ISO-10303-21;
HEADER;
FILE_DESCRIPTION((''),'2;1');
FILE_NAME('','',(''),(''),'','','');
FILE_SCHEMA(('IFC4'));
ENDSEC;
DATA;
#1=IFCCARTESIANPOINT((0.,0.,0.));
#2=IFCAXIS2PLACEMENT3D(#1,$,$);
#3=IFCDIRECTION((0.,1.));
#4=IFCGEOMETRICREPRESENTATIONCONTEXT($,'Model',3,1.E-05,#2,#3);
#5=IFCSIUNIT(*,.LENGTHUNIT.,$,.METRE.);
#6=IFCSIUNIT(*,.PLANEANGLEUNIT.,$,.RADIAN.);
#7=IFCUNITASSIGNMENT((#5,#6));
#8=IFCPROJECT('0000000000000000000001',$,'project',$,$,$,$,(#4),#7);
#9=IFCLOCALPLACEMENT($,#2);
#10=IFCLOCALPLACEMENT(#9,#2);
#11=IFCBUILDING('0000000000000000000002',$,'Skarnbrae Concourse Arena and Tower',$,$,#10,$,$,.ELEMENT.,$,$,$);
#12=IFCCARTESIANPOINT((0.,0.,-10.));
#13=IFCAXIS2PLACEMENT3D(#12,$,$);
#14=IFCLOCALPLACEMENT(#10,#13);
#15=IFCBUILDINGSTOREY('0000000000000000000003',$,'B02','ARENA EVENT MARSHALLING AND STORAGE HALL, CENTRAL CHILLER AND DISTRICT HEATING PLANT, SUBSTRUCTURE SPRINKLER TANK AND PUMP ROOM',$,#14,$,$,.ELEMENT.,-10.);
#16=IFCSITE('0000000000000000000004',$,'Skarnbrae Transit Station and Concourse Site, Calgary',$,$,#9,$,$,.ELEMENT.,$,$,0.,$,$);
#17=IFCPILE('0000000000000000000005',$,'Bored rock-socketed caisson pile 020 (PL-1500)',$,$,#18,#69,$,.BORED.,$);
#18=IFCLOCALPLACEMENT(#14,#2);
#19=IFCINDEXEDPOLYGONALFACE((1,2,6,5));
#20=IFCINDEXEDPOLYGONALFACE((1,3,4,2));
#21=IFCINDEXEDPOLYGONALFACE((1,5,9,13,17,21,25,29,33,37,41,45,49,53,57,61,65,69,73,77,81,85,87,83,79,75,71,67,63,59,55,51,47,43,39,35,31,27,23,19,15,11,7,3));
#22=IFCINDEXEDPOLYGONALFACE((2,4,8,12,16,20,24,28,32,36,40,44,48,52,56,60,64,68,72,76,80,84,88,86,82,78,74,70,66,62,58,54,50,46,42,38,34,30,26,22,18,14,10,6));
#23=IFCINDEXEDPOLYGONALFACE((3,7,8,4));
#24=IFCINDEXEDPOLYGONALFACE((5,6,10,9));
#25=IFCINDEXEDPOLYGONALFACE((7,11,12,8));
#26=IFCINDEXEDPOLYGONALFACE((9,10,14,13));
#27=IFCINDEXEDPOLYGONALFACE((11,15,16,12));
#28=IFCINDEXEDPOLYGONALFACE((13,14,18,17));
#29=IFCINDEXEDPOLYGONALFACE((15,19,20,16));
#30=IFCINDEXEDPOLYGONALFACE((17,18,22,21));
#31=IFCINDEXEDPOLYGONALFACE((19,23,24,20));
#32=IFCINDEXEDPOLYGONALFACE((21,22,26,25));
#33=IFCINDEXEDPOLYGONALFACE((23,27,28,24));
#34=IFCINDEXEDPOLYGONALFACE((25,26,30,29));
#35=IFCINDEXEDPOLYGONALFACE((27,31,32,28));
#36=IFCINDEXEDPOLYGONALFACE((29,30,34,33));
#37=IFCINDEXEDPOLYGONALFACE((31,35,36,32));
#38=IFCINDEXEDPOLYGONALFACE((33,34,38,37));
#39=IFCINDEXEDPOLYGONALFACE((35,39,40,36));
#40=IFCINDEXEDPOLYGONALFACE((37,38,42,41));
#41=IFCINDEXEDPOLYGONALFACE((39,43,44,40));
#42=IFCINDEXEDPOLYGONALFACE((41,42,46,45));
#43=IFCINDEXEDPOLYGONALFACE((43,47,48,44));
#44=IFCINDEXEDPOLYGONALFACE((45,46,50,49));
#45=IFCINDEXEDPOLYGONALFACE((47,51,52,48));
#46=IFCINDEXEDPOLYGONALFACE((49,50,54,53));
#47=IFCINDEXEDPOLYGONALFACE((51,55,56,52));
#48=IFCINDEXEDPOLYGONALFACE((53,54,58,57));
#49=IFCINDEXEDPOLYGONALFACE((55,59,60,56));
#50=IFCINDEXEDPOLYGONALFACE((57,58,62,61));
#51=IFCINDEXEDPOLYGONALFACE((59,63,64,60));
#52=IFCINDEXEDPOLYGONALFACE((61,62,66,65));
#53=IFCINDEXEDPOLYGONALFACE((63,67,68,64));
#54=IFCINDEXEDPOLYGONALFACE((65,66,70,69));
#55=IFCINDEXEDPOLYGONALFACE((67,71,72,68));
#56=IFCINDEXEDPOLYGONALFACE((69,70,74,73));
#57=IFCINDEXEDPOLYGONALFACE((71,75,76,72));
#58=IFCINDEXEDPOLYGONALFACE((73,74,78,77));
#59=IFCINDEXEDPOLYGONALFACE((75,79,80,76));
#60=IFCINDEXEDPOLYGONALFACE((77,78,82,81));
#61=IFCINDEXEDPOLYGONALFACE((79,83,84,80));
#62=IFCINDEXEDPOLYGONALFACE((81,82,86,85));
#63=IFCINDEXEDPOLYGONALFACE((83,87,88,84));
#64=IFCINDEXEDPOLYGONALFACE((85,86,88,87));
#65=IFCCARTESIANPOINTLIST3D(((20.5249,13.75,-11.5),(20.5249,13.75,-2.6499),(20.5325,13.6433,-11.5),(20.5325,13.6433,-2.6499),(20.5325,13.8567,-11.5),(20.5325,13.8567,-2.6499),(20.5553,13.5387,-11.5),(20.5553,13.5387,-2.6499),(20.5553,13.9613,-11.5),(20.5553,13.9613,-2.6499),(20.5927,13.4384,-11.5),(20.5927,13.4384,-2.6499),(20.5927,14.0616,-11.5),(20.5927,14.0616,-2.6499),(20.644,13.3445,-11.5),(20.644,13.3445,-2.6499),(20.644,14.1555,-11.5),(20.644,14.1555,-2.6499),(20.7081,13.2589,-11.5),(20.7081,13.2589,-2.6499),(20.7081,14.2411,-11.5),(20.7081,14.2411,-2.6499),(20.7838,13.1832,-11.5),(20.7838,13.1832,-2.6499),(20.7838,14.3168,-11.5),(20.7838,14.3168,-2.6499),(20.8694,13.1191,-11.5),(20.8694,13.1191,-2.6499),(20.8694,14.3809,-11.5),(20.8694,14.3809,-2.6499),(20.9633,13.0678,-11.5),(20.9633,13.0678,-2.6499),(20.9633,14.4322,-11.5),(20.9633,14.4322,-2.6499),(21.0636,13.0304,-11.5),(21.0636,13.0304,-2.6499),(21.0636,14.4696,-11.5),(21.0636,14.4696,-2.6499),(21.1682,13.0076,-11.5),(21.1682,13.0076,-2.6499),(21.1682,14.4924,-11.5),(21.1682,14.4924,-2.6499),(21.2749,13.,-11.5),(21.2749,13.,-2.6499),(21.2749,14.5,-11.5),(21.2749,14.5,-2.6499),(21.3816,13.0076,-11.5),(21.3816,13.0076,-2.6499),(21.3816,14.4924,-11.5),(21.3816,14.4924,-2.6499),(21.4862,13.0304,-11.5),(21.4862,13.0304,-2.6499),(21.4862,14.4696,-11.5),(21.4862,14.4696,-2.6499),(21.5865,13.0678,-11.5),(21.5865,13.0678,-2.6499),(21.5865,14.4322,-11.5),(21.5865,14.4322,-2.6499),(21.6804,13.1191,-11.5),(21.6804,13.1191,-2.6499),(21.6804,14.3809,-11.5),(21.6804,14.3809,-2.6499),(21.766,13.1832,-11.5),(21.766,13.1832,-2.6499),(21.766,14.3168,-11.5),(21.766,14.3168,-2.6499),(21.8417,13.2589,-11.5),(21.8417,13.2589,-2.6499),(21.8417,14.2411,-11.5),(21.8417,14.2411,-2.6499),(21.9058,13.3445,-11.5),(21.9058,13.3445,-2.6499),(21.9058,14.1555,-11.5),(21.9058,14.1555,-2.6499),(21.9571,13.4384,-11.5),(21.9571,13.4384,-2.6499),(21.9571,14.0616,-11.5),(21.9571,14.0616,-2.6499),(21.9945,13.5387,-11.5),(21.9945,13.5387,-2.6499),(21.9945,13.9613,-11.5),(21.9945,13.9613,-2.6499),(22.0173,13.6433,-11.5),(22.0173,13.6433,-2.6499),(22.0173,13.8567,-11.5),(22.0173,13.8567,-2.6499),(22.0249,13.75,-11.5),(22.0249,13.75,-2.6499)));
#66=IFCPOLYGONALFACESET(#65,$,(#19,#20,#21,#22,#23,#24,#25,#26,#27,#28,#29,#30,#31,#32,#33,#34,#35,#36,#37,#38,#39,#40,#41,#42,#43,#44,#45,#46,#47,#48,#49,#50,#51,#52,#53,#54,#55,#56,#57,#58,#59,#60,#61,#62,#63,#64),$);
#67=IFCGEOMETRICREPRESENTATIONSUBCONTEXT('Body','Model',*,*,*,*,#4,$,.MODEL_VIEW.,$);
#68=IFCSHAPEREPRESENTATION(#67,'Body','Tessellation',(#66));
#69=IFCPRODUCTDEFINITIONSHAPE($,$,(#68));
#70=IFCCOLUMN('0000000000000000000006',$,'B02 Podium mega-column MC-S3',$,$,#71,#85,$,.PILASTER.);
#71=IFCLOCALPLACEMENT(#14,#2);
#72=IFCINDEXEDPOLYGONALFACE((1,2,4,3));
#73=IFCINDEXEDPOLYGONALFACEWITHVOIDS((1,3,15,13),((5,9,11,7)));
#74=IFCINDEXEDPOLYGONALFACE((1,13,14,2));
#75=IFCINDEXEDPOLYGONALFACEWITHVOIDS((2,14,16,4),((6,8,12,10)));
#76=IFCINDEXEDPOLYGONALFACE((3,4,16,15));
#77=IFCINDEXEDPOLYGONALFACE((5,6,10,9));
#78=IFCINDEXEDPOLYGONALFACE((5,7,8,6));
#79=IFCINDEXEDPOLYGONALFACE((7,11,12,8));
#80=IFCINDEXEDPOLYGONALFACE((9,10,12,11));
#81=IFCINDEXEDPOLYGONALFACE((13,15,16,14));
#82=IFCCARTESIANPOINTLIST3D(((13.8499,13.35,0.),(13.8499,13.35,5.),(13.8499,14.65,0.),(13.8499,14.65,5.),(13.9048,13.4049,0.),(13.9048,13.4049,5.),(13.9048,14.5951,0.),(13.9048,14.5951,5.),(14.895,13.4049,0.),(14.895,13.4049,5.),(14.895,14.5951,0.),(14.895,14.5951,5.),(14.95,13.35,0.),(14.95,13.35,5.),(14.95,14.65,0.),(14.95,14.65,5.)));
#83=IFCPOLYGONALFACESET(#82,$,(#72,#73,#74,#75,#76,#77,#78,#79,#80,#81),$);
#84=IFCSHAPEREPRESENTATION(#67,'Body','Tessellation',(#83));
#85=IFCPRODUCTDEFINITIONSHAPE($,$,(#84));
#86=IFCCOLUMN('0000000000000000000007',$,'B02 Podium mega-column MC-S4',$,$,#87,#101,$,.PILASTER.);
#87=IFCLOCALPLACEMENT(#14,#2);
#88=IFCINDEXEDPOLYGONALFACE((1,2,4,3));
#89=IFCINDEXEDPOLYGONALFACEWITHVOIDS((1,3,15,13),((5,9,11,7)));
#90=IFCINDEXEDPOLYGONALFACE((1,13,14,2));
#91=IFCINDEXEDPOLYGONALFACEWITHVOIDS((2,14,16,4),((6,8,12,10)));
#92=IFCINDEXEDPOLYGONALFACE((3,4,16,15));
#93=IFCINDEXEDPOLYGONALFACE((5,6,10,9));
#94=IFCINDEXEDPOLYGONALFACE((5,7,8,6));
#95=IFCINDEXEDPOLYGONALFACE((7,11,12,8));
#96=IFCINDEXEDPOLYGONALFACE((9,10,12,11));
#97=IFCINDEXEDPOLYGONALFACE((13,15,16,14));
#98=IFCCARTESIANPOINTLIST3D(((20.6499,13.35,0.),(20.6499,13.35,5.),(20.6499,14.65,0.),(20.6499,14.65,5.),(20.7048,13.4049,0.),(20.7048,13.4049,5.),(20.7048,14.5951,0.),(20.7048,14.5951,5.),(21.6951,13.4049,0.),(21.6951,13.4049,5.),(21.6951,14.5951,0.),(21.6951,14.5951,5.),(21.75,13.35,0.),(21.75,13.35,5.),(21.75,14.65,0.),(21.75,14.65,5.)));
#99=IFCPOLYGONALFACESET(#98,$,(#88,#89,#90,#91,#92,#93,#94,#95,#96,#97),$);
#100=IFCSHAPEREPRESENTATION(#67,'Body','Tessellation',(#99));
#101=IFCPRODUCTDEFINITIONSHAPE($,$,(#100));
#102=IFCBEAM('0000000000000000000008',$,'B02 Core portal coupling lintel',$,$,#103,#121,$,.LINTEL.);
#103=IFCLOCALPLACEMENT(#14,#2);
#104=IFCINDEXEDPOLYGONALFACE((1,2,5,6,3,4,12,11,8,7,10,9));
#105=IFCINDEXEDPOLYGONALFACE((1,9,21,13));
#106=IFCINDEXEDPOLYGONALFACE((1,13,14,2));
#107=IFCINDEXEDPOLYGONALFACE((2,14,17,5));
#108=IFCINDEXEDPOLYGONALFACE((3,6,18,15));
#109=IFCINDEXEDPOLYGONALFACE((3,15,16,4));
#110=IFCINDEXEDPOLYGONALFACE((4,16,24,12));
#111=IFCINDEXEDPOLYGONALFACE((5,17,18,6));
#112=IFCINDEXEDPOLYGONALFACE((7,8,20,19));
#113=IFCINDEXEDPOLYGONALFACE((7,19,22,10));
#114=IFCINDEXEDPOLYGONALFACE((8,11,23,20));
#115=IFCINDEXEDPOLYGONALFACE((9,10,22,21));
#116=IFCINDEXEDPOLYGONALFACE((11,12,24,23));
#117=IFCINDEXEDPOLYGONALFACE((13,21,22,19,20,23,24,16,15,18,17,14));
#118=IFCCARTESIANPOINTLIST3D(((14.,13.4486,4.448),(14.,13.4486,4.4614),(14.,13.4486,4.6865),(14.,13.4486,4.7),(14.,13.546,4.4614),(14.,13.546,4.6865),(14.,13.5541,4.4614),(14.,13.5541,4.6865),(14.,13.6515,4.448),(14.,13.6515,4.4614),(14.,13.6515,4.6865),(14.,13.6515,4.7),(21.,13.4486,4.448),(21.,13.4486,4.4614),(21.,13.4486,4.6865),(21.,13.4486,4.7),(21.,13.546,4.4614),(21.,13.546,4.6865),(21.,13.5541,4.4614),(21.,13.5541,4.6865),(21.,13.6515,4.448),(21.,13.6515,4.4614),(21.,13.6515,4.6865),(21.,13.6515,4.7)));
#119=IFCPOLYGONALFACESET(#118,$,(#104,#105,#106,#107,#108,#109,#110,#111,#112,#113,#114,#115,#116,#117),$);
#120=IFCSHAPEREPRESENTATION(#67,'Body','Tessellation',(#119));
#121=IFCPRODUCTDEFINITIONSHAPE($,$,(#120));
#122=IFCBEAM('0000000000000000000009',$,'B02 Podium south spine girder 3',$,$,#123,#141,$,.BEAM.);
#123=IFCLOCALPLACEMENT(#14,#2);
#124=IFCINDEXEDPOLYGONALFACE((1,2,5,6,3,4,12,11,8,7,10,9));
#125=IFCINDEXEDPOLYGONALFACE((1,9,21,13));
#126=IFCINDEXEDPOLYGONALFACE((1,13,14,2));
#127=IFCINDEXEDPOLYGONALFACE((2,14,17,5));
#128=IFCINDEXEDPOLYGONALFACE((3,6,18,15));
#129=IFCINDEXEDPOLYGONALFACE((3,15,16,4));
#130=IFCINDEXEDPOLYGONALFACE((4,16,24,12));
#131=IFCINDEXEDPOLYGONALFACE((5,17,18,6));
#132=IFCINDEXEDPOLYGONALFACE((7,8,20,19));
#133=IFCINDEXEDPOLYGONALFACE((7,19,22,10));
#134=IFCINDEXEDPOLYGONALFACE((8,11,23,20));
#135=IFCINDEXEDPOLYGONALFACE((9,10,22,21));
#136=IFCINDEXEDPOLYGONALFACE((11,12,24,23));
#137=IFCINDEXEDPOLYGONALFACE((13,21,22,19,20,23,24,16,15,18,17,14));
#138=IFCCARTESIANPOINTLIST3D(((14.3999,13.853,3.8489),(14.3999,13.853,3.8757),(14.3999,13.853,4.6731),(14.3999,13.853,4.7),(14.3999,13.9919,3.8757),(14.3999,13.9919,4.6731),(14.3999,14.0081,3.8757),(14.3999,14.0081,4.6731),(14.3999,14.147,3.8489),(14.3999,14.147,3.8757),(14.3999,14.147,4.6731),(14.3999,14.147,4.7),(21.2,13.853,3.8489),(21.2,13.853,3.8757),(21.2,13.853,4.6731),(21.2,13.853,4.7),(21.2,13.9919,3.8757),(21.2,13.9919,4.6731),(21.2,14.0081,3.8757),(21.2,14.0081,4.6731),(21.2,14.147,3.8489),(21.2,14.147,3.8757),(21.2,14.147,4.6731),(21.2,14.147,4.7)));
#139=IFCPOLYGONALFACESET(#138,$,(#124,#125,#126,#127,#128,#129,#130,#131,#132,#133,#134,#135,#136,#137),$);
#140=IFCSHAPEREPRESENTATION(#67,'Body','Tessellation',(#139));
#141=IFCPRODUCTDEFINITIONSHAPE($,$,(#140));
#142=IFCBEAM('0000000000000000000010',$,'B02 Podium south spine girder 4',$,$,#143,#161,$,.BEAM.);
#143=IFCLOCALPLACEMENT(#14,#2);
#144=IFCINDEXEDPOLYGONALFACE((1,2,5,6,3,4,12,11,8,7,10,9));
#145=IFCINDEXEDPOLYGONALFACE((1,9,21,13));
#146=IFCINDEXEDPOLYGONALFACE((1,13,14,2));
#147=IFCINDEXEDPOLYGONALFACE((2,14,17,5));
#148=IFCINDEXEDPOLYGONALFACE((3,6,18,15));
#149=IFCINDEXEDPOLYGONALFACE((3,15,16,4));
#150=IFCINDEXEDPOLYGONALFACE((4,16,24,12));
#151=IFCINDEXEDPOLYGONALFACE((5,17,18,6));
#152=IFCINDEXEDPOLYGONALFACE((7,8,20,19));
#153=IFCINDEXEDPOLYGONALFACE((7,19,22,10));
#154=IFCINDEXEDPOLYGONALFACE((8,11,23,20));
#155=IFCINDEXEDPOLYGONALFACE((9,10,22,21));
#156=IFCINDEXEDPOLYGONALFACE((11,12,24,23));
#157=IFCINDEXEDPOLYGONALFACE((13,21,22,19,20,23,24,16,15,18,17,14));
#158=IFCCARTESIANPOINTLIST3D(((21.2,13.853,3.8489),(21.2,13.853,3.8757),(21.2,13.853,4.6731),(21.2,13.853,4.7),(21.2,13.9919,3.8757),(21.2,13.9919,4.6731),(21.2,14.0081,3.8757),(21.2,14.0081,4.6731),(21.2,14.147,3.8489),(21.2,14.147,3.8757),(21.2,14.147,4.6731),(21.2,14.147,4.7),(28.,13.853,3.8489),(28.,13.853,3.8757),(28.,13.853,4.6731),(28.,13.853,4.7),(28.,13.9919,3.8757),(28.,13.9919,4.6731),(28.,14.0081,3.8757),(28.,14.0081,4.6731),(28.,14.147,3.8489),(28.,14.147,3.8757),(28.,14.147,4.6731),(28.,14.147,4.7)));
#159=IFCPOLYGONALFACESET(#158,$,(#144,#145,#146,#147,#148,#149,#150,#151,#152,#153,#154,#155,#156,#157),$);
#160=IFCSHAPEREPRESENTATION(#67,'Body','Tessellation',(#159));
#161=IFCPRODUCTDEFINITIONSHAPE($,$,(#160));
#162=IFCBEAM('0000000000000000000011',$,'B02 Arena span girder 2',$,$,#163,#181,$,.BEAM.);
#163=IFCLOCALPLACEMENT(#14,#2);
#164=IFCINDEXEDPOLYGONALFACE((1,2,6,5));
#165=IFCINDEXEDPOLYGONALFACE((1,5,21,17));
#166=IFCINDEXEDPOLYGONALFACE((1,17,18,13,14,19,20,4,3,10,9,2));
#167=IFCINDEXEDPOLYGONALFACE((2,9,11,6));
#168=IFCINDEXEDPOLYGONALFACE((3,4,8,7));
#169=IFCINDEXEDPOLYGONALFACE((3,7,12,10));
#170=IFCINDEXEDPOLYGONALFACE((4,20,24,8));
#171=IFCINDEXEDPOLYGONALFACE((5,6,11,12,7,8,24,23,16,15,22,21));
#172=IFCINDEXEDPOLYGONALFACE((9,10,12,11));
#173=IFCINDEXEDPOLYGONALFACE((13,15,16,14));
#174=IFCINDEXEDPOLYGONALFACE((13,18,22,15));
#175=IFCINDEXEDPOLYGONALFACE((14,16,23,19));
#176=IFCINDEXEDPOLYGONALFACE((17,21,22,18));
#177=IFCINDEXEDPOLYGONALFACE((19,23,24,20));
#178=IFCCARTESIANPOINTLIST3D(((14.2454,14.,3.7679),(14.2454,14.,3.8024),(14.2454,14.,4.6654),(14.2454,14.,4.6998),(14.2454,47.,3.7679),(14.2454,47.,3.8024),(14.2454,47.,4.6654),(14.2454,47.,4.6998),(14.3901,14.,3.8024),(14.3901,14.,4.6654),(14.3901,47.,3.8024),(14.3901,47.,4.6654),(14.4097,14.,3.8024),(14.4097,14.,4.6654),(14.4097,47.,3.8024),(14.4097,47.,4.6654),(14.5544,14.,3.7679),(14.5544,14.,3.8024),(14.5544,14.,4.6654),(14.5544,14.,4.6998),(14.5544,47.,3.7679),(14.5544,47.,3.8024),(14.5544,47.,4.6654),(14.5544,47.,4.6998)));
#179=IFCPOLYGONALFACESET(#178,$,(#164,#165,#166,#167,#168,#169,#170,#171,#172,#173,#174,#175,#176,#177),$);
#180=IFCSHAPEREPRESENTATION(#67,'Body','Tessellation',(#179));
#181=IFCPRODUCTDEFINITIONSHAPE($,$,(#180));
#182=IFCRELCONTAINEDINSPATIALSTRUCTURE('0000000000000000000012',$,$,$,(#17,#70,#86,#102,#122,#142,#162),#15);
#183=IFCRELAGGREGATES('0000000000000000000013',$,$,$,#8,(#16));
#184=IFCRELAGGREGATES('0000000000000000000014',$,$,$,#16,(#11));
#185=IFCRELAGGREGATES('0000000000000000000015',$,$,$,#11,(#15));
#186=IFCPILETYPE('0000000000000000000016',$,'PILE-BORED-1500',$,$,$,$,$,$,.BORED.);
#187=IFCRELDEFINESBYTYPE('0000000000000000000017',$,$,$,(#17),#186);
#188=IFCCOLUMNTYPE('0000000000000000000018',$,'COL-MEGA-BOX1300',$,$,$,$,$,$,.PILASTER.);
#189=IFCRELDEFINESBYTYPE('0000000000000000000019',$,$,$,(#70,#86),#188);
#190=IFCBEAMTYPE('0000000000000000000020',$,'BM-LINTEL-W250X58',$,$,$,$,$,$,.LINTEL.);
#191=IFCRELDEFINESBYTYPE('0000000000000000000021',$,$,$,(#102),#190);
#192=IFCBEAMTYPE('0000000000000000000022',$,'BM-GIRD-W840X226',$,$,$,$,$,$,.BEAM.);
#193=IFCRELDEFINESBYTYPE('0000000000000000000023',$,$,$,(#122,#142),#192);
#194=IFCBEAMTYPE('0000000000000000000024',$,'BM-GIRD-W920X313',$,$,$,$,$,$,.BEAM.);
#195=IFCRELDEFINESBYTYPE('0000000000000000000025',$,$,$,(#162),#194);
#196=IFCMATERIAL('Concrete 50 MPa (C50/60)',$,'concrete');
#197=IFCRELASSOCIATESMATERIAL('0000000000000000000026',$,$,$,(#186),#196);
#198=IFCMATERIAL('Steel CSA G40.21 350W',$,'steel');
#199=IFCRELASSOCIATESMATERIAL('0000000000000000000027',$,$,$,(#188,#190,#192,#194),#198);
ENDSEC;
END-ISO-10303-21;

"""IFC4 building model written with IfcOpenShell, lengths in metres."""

from ifc_helpers import new_model, si_unit, direction, frame, origin, origin_2d, place, context, subcontext, project, spatial, hollow_rectangle, circle, i_section, extrude, source, transform, mapped, material, material_profile, profile_set, type_object, element, save


model = new_model("IFC4")

# Units and contexts
model_context = context("Model", 3, precision=1e-05, world=origin(), true_north=direction((0.0, 1.0)))
body_context = subcontext(model_context, "Body", "Model", "MODEL_VIEW")
ifc_project = project(units=[si_unit("LENGTHUNIT", "METRE"), si_unit("PLANEANGLEUNIT", "RADIAN")], contexts=[model_context])

# Site, building, storey
site_placement = place(None, origin())
site = spatial("IfcSite", under=ifc_project, at=site_placement, Name="Skarnbrae Transit Station and Concourse Site, Calgary", CompositionType="ELEMENT", RefElevation=0.0)
building_placement = place(site_placement, origin())
building = spatial("IfcBuilding", under=site, at=building_placement, Name="Skarnbrae Concourse Arena and Tower", CompositionType="ELEMENT")
storey_placement = place(building_placement, frame((0.0, 0.0, -10.0)))
storey = spatial("IfcBuildingStorey", under=building, at=storey_placement, Name="B02", Description="ARENA EVENT MARSHALLING AND STORAGE HALL, CENTRAL CHILLER AND DISTRICT HEATING PLANT, SUBSTRUCTURE SPRINKLER TANK AND PUMP ROOM", CompositionType="ELEMENT", Elevation=-10.0)

# Pile
ifc_material_1 = material(Name="Concrete 50 MPa (C50/60)", Category="concrete")
ifc_material_profile_1 = material_profile(ifc_material_1, circle(Radius=0.75, at=origin_2d()), Name="CAISSON-1500")
ifc_profile_set_1 = profile_set([ifc_material_profile_1], Name="Concrete 50 MPa (C50/60)")
pile_type = type_object("IfcPileType", Name="PILE-BORED-1500", PredefinedType="BORED", material=ifc_profile_set_1)
shared_shape_1 = source(origin(), body_context, "Body", "SweptSolid", [
    extrude(circle(Radius=0.75, at=origin_2d()), origin(), (0.0, 0.0, 1.0), 8.8501),
])
for number, where, z_axis, x_axis, name in (
    (1, (21.2749, 13.75, -2.6499), (0.0, 0.0, -1.0), (1.0, 0.0, 0.0), "Bored rock-socketed caisson pile 020 (PL-1500)"),
):
    element("IfcPile", number, at=place(storey_placement, frame(where, z_axis=z_axis, x_axis=x_axis)), inside=storey, type_object=pile_type, Name=name, PredefinedType="BORED", context=body_context, shape_type="MappedRepresentation", body=[
        mapped(shared_shape_1, transform((0.0, 0.0, 0.0))),
    ])

# Columns
ifc_material_2 = material(Name="Steel CSA G40.21 350W", Category="steel")
ifc_material_profile_2 = material_profile(ifc_material_2, hollow_rectangle(XDim=1.1001, YDim=1.3, WallThickness=0.0549, at=origin_2d()), Name="BOX1300X1100X55")
ifc_profile_set_2 = profile_set([ifc_material_profile_2], Name="Steel CSA G40.21 350W")
column_type = type_object("IfcColumnType", Name="COL-MEGA-BOX1300", PredefinedType="PILASTER", material=ifc_profile_set_2)
shared_shape_2 = source(origin(), body_context, "Body", "SweptSolid", [
    extrude(hollow_rectangle(XDim=1.1001, YDim=1.3, WallThickness=0.0549, at=origin_2d()), origin(), (0.0, 0.0, 1.0), 5.0),
])
for number, where, z_axis, x_axis, name in (
    (2, (14.3999, 14.0, 0.0), (0.0, 0.0, 1.0), (1.0, 0.0, 0.0), "B02 Podium mega-column MC-S3"),
    (3, (21.2, 14.0, 0.0), (0.0, 0.0, 1.0), (1.0, 0.0, 0.0), "B02 Podium mega-column MC-S4"),
):
    element("IfcColumn", number, at=place(storey_placement, frame(where, z_axis=z_axis, x_axis=x_axis)), inside=storey, type_object=column_type, Name=name, PredefinedType="PILASTER", context=body_context, shape_type="MappedRepresentation", body=[
        mapped(shared_shape_2, transform((0.0, 0.0, 0.0))),
    ])

# Beams
ifc_material_profile_3 = material_profile(ifc_material_2, i_section(OverallWidth=0.2029, OverallDepth=0.252, WebThickness=0.0081, FlangeThickness=0.0134, at=origin_2d()), Name="W250X58")
ifc_profile_set_3 = profile_set([ifc_material_profile_3], Name="Steel CSA G40.21 350W")
beam_type_1 = type_object("IfcBeamType", Name="BM-LINTEL-W250X58", PredefinedType="LINTEL", material=ifc_profile_set_3)
shared_shape_3 = source(origin(), body_context, "Body", "SweptSolid", [
    extrude(i_section(OverallWidth=0.2029, OverallDepth=0.252, WebThickness=0.0081, FlangeThickness=0.0134, at=origin_2d()), origin(), (0.0, 0.0, 1.0), 7.0),
])
beam_placement = place(storey_placement, frame((14.0, 13.55, 4.574), z_axis=(1.0, 0.0, 0.0), x_axis=(0.0, 1.0, 0.0)))
element("IfcBeam", 4, at=beam_placement, inside=storey, type_object=beam_type_1, Name="B02 Core portal coupling lintel", PredefinedType="LINTEL", context=body_context, shape_type="MappedRepresentation", body=[
    mapped(shared_shape_3, transform((0.0, 0.0, 0.0))),
])
ifc_material_profile_4 = material_profile(ifc_material_2, i_section(OverallWidth=0.2939, OverallDepth=0.8511, WebThickness=0.0161, FlangeThickness=0.0269, at=origin_2d()), Name="W840X226")
ifc_profile_set_4 = profile_set([ifc_material_profile_4], Name="Steel CSA G40.21 350W")
beam_type_2 = type_object("IfcBeamType", Name="BM-GIRD-W840X226", PredefinedType="BEAM", material=ifc_profile_set_4)
shared_shape_4 = source(origin(), body_context, "Body", "SweptSolid", [
    extrude(i_section(OverallWidth=0.2939, OverallDepth=0.8511, WebThickness=0.0161, FlangeThickness=0.0269, at=origin_2d()), origin(), (0.0, 0.0, 1.0), 6.8),
])
for number, where, z_axis, x_axis, name in (
    (5, (14.3999, 14.0, 4.2744), (1.0, 0.0, 0.0), (0.0, 1.0, 0.0), "B02 Podium south spine girder 3"),
    (6, (21.2, 14.0, 4.2744), (1.0, 0.0, 0.0), (0.0, 1.0, 0.0), "B02 Podium south spine girder 4"),
):
    element("IfcBeam", number, at=place(storey_placement, frame(where, z_axis=z_axis, x_axis=x_axis)), inside=storey, type_object=beam_type_2, Name=name, PredefinedType="BEAM", context=body_context, shape_type="MappedRepresentation", body=[
        mapped(shared_shape_4, transform((0.0, 0.0, 0.0))),
    ])
ifc_material_profile_5 = material_profile(ifc_material_2, i_section(OverallWidth=0.3091, OverallDepth=0.9319, WebThickness=0.0195, FlangeThickness=0.0344, at=origin_2d()), Name="W920X313")
ifc_profile_set_5 = profile_set([ifc_material_profile_5], Name="Steel CSA G40.21 350W")
beam_type_3 = type_object("IfcBeamType", Name="BM-GIRD-W920X313", PredefinedType="BEAM", material=ifc_profile_set_5)
shared_shape_5 = source(origin(), body_context, "Body", "SweptSolid", [
    extrude(i_section(OverallWidth=0.3091, OverallDepth=0.9319, WebThickness=0.0195, FlangeThickness=0.0344, at=origin_2d()), origin(), (0.0, 0.0, 1.0), 33.0),
])
for number, where, z_axis, x_axis, name in (
    (7, (14.3999, 14.0, 4.2339), (0.0, 1.0, 0.0), (-1.0, 0.0, 0.0), "B02 Arena span girder 2"),
):
    element("IfcBeam", number, at=place(storey_placement, frame(where, z_axis=z_axis, x_axis=x_axis)), inside=storey, type_object=beam_type_3, Name=name, PredefinedType="BEAM", context=body_context, shape_type="MappedRepresentation", body=[
        mapped(shared_shape_5, transform((0.0, 0.0, 0.0))),
    ])

save(model, "model.ifc")
